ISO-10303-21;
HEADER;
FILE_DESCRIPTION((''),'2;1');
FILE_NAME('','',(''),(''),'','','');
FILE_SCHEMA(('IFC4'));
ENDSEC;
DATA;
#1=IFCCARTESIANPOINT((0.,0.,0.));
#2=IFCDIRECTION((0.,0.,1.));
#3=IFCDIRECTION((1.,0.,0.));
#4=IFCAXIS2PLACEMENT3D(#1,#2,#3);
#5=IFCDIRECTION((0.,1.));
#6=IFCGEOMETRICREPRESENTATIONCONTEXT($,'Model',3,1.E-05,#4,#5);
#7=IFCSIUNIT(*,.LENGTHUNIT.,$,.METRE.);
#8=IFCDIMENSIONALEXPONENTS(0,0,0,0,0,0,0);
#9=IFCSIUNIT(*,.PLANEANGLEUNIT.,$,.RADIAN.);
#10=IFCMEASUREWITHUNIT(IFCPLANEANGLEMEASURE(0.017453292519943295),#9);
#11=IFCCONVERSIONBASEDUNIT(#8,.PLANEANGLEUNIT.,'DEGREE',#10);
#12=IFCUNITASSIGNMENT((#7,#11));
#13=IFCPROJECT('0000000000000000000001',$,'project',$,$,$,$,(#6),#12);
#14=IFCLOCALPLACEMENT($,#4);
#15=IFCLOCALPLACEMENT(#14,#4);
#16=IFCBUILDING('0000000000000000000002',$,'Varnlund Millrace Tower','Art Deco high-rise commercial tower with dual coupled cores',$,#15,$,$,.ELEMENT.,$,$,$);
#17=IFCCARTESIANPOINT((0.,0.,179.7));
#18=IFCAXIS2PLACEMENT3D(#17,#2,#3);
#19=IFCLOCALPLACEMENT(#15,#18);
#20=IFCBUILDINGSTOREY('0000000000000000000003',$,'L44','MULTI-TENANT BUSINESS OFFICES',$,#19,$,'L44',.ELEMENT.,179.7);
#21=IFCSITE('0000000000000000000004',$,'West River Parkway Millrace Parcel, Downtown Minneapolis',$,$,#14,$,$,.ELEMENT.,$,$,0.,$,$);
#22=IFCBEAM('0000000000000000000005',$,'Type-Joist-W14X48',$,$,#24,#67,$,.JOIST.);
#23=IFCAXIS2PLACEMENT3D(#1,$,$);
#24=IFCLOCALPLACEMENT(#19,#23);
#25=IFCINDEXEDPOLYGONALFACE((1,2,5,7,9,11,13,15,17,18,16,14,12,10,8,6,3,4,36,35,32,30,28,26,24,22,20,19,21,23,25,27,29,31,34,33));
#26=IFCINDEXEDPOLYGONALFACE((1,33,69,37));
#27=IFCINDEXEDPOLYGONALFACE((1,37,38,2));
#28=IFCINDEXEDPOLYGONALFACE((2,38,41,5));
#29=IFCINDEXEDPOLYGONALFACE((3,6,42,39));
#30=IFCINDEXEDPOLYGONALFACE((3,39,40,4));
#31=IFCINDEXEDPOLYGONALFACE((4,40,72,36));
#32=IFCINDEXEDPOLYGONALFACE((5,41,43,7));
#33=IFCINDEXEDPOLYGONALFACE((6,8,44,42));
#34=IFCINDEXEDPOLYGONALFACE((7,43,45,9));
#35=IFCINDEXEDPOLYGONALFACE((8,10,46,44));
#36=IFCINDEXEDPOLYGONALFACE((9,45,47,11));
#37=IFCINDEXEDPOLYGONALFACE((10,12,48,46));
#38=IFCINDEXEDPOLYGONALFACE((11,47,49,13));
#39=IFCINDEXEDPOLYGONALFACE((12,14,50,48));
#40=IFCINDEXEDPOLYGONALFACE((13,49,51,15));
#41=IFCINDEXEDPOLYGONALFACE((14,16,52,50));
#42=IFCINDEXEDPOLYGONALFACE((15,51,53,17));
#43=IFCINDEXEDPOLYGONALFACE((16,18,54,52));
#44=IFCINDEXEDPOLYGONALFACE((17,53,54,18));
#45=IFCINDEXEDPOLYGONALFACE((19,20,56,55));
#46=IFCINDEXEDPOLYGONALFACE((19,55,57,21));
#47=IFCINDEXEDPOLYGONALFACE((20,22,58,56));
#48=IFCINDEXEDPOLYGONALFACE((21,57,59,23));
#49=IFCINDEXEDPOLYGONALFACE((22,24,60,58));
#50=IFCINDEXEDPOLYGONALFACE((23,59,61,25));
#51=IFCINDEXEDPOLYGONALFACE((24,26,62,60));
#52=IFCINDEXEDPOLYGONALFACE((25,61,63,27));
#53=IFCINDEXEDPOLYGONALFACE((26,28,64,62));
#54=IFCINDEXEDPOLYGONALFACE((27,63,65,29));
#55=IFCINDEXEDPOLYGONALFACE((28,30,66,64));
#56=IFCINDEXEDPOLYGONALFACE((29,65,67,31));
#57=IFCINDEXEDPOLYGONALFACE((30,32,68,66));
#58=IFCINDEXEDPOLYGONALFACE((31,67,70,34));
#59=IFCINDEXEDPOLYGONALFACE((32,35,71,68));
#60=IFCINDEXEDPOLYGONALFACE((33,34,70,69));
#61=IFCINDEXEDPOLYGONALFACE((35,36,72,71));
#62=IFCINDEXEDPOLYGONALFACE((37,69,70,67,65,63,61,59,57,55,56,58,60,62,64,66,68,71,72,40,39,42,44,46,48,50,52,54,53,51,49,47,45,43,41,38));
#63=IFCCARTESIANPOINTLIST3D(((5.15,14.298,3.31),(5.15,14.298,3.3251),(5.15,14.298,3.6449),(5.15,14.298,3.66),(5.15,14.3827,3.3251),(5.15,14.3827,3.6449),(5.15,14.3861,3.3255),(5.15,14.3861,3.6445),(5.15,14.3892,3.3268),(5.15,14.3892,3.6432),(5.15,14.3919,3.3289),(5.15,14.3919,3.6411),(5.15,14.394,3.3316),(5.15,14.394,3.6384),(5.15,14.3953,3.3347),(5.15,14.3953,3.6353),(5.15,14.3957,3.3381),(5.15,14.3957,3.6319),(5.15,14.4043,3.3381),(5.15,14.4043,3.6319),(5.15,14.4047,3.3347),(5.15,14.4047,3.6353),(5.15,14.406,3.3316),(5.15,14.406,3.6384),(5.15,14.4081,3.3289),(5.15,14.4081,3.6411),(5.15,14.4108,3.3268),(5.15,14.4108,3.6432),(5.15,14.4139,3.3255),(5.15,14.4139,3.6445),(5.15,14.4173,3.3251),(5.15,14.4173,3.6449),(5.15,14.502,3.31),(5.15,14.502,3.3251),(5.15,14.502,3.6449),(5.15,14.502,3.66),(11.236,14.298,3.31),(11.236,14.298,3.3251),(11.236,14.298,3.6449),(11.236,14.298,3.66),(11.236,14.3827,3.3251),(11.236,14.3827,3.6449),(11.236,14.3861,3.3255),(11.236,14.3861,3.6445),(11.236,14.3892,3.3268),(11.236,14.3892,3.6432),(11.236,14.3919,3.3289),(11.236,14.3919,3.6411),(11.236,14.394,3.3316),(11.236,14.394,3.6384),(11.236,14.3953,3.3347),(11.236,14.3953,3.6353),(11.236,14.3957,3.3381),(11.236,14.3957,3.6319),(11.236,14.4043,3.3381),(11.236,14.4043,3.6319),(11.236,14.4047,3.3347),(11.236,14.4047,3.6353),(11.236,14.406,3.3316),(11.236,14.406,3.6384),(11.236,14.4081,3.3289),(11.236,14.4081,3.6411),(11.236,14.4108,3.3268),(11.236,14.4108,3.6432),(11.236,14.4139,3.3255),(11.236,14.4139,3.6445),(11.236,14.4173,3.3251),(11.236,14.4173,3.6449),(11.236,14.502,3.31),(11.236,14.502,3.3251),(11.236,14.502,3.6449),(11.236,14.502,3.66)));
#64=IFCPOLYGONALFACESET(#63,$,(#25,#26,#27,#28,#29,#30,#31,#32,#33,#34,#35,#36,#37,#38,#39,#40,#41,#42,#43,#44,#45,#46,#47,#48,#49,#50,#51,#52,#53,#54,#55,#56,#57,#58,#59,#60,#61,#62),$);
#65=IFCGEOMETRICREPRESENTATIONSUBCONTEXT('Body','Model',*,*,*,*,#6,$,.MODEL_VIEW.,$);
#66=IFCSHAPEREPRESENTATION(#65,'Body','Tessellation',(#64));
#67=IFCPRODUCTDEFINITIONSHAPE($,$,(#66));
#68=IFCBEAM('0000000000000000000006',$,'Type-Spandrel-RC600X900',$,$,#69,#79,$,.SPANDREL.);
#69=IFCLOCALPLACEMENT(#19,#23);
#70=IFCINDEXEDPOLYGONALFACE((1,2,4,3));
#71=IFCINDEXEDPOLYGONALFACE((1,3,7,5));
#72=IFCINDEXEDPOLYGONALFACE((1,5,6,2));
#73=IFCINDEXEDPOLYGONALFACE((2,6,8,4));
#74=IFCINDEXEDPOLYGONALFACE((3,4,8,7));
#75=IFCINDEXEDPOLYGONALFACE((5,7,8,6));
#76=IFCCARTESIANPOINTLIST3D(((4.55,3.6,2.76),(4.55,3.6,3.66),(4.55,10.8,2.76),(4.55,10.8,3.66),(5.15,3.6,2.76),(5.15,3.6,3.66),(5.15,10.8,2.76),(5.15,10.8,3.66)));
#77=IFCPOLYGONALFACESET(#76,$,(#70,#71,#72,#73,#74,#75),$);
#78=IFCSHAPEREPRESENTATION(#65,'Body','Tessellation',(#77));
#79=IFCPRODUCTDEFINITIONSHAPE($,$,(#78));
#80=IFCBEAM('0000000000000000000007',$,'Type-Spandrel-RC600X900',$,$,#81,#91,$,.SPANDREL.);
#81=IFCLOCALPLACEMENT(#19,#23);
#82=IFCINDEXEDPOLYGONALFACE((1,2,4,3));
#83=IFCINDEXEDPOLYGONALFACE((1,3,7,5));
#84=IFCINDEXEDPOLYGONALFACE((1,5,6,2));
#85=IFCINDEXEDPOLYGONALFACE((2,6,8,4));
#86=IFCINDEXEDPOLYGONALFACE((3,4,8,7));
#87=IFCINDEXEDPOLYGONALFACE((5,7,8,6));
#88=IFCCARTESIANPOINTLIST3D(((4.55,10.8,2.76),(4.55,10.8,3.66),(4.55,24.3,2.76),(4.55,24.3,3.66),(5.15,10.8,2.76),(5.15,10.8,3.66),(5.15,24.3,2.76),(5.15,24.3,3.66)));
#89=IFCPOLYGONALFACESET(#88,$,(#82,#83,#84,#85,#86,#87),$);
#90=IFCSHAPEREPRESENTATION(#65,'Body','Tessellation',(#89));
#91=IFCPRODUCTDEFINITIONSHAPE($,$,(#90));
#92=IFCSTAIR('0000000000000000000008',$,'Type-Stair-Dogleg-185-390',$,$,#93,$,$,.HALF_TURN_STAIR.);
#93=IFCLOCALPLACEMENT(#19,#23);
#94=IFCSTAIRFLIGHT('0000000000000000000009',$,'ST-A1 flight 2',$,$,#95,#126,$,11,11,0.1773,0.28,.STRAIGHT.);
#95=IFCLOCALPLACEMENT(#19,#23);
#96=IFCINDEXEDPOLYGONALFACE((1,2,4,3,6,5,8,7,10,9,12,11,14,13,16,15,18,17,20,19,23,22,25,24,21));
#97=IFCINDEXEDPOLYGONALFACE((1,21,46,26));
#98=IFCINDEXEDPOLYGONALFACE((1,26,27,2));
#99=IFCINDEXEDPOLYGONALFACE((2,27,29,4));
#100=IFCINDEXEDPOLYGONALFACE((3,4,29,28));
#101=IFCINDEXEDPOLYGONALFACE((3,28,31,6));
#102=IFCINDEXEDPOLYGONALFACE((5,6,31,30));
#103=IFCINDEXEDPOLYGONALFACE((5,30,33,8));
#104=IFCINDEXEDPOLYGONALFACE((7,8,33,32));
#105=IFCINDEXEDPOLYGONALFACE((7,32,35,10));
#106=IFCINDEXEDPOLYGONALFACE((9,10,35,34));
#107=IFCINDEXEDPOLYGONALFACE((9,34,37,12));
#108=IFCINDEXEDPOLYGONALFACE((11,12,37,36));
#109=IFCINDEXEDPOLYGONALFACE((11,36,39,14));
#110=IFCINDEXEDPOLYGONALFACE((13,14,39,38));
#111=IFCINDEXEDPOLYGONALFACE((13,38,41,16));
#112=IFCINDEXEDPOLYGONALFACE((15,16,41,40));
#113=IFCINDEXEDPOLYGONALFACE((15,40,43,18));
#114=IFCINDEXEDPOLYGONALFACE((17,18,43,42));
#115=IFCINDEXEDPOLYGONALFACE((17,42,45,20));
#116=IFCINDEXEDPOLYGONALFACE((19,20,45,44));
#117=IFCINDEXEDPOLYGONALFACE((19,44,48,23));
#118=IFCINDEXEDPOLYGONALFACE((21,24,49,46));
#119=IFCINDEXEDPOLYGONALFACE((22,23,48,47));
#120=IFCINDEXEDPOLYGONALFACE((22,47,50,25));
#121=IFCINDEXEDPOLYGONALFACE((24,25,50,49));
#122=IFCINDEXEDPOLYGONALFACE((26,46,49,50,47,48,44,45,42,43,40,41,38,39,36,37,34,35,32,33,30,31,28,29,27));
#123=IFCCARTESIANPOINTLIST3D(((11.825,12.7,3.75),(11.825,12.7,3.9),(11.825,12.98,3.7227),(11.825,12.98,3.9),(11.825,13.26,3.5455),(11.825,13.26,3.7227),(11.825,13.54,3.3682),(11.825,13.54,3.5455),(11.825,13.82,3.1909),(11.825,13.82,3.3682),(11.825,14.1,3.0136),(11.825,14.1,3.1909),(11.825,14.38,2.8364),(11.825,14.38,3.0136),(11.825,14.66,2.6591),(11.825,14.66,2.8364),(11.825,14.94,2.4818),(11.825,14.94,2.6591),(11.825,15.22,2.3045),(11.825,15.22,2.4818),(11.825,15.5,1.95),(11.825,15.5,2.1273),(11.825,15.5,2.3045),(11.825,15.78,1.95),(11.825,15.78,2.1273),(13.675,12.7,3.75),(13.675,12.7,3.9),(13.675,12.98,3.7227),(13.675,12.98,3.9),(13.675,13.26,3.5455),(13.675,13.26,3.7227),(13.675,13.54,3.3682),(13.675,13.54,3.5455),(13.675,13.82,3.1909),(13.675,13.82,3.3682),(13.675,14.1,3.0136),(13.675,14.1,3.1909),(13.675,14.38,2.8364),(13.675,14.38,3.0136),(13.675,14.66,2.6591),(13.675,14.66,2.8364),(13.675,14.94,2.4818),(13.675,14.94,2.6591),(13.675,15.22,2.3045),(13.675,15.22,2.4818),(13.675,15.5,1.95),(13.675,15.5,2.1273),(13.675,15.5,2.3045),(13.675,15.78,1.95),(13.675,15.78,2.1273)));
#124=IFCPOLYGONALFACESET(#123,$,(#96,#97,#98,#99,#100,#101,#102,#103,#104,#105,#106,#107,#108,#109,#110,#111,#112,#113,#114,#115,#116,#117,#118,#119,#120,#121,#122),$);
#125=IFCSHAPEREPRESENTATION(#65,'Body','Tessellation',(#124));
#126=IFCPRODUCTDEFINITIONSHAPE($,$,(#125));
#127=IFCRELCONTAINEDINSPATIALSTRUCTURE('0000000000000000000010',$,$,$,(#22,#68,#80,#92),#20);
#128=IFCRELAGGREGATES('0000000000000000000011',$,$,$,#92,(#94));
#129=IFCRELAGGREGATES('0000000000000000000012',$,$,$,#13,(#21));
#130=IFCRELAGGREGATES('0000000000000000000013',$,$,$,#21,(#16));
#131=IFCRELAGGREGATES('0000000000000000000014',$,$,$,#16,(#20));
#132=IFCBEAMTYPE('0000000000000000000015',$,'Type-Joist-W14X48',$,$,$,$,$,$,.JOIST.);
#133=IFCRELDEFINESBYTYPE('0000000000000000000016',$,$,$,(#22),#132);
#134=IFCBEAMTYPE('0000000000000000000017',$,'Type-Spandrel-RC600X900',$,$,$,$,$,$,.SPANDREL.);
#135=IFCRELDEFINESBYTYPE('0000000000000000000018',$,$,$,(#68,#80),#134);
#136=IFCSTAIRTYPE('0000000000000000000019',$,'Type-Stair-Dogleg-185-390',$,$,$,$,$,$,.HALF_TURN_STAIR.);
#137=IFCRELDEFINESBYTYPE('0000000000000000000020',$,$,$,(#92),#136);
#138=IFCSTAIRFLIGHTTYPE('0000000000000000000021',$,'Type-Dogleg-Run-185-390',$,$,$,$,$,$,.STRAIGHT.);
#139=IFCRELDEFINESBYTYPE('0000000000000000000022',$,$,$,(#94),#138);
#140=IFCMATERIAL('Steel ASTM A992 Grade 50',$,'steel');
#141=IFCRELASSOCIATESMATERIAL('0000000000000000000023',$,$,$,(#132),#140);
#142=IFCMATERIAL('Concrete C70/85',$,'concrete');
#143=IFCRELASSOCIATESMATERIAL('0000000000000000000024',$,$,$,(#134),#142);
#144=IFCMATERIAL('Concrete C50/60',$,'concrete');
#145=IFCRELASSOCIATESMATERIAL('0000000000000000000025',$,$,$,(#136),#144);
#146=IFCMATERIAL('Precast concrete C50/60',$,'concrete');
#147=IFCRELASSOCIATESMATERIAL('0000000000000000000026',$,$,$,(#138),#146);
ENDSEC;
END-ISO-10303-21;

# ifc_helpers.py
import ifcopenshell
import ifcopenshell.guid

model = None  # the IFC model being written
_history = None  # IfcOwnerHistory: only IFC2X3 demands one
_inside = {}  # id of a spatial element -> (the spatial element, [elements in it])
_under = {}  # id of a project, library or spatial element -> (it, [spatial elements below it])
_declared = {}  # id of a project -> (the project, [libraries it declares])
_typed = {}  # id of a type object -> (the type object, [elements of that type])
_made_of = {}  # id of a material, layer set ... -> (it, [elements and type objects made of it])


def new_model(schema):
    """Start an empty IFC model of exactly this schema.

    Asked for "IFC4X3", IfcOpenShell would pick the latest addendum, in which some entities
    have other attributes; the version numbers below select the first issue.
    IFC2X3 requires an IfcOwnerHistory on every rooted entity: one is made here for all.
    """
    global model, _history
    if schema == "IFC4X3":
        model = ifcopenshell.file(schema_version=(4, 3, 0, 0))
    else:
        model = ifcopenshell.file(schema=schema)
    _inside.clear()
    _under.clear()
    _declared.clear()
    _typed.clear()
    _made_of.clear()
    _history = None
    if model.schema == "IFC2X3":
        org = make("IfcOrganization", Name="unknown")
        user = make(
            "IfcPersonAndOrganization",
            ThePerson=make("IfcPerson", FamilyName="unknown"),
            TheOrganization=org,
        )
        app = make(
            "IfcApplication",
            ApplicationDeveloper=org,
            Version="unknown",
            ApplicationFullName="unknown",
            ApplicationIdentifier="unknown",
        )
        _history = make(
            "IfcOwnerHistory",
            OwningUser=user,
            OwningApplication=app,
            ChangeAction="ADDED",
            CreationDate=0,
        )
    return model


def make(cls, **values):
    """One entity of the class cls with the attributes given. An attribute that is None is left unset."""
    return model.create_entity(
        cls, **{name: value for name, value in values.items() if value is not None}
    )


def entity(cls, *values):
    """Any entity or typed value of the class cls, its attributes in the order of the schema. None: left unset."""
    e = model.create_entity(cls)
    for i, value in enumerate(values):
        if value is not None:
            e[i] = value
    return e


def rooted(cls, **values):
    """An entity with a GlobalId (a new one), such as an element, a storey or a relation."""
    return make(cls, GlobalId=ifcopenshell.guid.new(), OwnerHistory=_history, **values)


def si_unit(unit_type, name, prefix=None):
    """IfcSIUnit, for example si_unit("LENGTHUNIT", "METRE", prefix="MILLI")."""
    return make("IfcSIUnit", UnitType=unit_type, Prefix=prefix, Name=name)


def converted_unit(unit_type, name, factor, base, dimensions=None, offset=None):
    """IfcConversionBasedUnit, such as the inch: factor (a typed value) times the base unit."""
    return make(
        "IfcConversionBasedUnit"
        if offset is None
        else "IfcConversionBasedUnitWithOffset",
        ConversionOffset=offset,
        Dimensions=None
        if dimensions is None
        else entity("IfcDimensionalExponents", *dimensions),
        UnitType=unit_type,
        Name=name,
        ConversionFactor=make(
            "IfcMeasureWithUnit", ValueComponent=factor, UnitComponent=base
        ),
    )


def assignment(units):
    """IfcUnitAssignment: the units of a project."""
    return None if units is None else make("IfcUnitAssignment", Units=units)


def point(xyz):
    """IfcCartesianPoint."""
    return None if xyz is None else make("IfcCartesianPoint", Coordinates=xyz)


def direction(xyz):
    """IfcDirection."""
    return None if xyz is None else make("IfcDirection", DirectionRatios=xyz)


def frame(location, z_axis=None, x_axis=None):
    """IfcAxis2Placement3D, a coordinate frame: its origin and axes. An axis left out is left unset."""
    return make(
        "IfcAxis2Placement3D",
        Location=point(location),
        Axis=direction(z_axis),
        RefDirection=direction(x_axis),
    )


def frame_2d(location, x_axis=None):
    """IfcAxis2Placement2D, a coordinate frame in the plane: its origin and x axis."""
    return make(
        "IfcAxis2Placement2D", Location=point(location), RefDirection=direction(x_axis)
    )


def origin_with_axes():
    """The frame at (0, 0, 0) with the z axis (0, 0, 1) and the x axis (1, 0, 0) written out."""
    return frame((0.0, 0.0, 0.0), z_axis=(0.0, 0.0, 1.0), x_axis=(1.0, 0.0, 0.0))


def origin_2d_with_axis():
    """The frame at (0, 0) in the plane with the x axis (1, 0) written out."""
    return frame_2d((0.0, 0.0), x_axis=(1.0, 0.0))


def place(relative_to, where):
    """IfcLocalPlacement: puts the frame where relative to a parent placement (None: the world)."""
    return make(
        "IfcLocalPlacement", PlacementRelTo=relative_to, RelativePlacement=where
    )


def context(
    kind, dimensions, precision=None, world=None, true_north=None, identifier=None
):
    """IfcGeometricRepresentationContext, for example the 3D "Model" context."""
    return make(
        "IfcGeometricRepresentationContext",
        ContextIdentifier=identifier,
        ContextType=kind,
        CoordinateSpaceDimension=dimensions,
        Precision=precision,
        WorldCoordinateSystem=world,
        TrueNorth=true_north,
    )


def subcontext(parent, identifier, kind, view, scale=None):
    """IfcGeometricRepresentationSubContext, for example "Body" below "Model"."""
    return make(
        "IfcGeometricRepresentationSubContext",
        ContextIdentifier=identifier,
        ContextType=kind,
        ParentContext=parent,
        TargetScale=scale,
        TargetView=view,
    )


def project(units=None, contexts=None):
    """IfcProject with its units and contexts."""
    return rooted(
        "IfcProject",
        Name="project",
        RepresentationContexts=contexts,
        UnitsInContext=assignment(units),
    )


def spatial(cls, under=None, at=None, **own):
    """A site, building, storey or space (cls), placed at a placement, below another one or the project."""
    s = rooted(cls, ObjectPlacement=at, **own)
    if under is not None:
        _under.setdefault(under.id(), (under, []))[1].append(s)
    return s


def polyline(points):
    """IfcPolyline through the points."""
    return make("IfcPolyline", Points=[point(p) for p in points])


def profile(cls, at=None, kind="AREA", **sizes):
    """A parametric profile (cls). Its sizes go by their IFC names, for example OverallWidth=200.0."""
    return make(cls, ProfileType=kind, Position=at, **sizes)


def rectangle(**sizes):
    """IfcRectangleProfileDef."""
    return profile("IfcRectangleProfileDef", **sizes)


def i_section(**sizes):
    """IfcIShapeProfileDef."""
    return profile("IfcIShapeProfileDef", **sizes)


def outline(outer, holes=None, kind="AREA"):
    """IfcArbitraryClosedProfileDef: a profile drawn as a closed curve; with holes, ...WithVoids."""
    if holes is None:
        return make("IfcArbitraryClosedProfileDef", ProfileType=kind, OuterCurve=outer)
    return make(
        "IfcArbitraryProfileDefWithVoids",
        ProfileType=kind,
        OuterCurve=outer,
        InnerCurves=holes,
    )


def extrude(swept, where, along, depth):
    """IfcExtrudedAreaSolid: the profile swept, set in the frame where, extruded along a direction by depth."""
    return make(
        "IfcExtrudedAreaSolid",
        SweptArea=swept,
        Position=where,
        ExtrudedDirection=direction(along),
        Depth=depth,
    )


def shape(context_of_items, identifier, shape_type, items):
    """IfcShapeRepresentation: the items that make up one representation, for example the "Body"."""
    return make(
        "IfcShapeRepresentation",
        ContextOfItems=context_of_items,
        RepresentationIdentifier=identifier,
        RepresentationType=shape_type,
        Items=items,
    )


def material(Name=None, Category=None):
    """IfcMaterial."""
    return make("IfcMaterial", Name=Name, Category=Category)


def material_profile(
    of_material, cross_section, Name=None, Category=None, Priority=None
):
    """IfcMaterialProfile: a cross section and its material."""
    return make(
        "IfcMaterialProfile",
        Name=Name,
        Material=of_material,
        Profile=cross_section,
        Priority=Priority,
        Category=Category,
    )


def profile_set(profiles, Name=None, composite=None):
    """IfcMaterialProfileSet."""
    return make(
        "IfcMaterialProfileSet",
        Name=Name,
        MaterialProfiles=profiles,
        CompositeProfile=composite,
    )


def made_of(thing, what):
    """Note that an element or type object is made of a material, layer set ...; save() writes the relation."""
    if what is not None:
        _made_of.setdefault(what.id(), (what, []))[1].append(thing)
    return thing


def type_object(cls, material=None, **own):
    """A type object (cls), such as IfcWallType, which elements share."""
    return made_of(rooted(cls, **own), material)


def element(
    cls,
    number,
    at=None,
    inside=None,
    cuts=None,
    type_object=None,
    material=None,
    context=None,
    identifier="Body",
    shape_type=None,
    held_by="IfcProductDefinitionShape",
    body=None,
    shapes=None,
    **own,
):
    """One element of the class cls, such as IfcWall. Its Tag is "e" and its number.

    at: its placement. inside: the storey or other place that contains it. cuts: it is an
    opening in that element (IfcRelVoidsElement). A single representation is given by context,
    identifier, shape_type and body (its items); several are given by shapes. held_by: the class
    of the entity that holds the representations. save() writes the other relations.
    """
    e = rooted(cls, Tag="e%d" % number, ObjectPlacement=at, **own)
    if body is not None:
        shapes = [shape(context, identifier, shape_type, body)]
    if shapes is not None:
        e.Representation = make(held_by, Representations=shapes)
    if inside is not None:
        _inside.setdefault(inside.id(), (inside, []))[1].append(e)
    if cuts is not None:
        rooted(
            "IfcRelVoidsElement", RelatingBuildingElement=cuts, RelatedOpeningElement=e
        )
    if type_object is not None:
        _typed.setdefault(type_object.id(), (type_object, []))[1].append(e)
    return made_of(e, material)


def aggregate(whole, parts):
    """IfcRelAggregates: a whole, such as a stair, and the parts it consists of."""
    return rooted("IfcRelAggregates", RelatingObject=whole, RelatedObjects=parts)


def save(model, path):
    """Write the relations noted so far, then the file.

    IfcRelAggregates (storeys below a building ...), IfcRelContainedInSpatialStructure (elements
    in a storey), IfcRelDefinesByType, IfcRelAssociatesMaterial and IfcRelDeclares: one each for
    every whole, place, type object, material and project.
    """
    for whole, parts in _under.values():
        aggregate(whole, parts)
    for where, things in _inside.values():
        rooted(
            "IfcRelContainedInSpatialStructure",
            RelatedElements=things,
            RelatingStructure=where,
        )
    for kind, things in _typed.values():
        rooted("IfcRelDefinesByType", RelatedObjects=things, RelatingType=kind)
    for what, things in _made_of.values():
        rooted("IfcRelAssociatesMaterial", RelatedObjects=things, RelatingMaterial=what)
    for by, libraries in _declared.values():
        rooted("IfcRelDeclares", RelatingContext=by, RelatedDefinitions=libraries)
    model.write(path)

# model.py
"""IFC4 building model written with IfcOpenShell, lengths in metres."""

from ifc_helpers import new_model, entity, si_unit, converted_unit, direction, frame, origin_with_axes, origin_2d_with_axis, place, context, subcontext, project, spatial, polyline, rectangle, i_section, outline, extrude, material, material_profile, profile_set, type_object, element, aggregate, save


model = new_model("IFC4")

# Units and contexts
model_context = context("Model", 3, precision=1e-05, world=origin_with_axes(), true_north=direction((0.0, 1.0)))
body_context = subcontext(model_context, "Body", "Model", "MODEL_VIEW")
ifc_project = project(units=[si_unit("LENGTHUNIT", "METRE"), converted_unit("PLANEANGLEUNIT", "DEGREE", entity("IfcPlaneAngleMeasure", 0.017453292519943295), si_unit("PLANEANGLEUNIT", "RADIAN"), dimensions=[0, 0, 0, 0, 0, 0, 0])], contexts=[model_context])

# Site, building, storey
site_placement = place(None, origin_with_axes())
site = spatial("IfcSite", under=ifc_project, at=site_placement, Name="West River Parkway Millrace Parcel, Downtown Minneapolis", CompositionType="ELEMENT", RefElevation=0.0)
building_placement = place(site_placement, origin_with_axes())
building = spatial("IfcBuilding", under=site, at=building_placement, Name="Varnlund Millrace Tower", Description="Art Deco high-rise commercial tower with dual coupled cores", CompositionType="ELEMENT")
storey_placement = place(building_placement, frame((0.0, 0.0, 179.7), z_axis=(0.0, 0.0, 1.0), x_axis=(1.0, 0.0, 0.0)))
storey = spatial("IfcBuildingStorey", under=building, at=storey_placement, Name="L44", Description="MULTI-TENANT BUSINESS OFFICES", LongName="L44", CompositionType="ELEMENT", Elevation=179.7)

# Beams
ifc_material_1 = material(Name="Steel ASTM A992 Grade 50", Category="steel")
ifc_material_profile_1 = material_profile(ifc_material_1, i_section(OverallWidth=0.204, OverallDepth=0.35, WebThickness=0.0086, FlangeThickness=0.0151, FilletRadius=0.013, at=origin_2d_with_axis()), Name="Steel ASTM A992 Grade 50")
ifc_profile_set_1 = profile_set([ifc_material_profile_1], Name="Steel ASTM A992 Grade 50")
beam_type_1 = type_object("IfcBeamType", Name="Type-Joist-W14X48", PredefinedType="JOIST", material=ifc_profile_set_1)
for number, where, z_axis, x_axis, name in (
    (1, (5.15, 14.4, 3.485), (1.0, 0.0, 0.0), (0.0, 1.0, 0.0), "Type-Joist-W14X48"),
):
    element("IfcBeam", number, at=place(storey_placement, frame(where, z_axis=z_axis, x_axis=x_axis)), inside=storey, type_object=beam_type_1, Name=name, PredefinedType="JOIST", context=body_context, shape_type="SweptSolid", body=[
        extrude(i_section(OverallWidth=0.204, OverallDepth=0.35, WebThickness=0.0086, FlangeThickness=0.0151, FilletRadius=0.013, at=origin_2d_with_axis()), origin_with_axes(), (0.0, 0.0, 1.0), 6.086),
    ])
ifc_material_2 = material(Name="Concrete C70/85", Category="concrete")
ifc_material_profile_2 = material_profile(ifc_material_2, rectangle(XDim=0.6, YDim=0.9, at=origin_2d_with_axis()), Name="Concrete C70/85")
ifc_profile_set_2 = profile_set([ifc_material_profile_2], Name="Concrete C70/85")
beam_type_2 = type_object("IfcBeamType", Name="Type-Spandrel-RC600X900", PredefinedType="SPANDREL", material=ifc_profile_set_2)
beam_1_placement = place(storey_placement, frame((4.85, 3.6, 3.21), z_axis=(0.0, 1.0, 0.0), x_axis=(-1.0, 0.0, 0.0)))
element("IfcBeam", 2, at=beam_1_placement, inside=storey, type_object=beam_type_2, Name="Type-Spandrel-RC600X900", PredefinedType="SPANDREL", context=body_context, shape_type="SweptSolid", body=[
    extrude(rectangle(XDim=0.6, YDim=0.9, at=origin_2d_with_axis()), origin_with_axes(), (0.0, 0.0, 1.0), 7.2),
])
beam_2_placement = place(storey_placement, frame((4.85, 10.8, 3.21), z_axis=(0.0, 1.0, 0.0), x_axis=(-1.0, 0.0, 0.0)))
element("IfcBeam", 3, at=beam_2_placement, inside=storey, type_object=beam_type_2, Name="Type-Spandrel-RC600X900", PredefinedType="SPANDREL", context=body_context, shape_type="SweptSolid", body=[
    extrude(rectangle(XDim=0.6, YDim=0.9, at=origin_2d_with_axis()), origin_with_axes(), (0.0, 0.0, 1.0), 13.5),
])

# Stair, stair flight
ifc_material_3 = material(Name="Concrete C50/60", Category="concrete")
stair_type = type_object("IfcStairType", Name="Type-Stair-Dogleg-185-390", PredefinedType="HALF_TURN_STAIR", material=ifc_material_3)
stair_placement = place(storey_placement, origin_with_axes())
stair = element("IfcStair", 4, at=stair_placement, inside=storey, type_object=stair_type, Name="Type-Stair-Dogleg-185-390", PredefinedType="HALF_TURN_STAIR")
ifc_material_4 = material(Name="Precast concrete C50/60", Category="concrete")
stair_flight_type = type_object("IfcStairFlightType", Name="Type-Dogleg-Run-185-390", PredefinedType="STRAIGHT", material=ifc_material_4)
stair_flight_placement = place(storey_placement, frame((13.675, 15.78, 1.95), z_axis=(-1.0, 0.0, 0.0), x_axis=(0.0, -1.0, 0.0)))
stair_flight = element("IfcStairFlight", 5, at=stair_flight_placement, type_object=stair_flight_type, Name="ST-A1 flight 2", NumberOfRisers=11, NumberOfTreads=11, PredefinedType="STRAIGHT", RiserHeight=0.1773, TreadLength=0.28, context=body_context, shape_type="SweptSolid", body=[
    extrude(outline(polyline([(0.0, 0.0), (0.0, 0.1773), (0.28, 0.1773), (0.28, 0.3545), (0.56, 0.3545), (0.56, 0.5318), (0.84, 0.5318), (0.84, 0.7091), (1.12, 0.7091), (1.12, 0.8864), (1.4, 0.8864), (1.4, 1.0636), (1.68, 1.0636), (1.68, 1.2409), (1.96, 1.2409), (1.96, 1.4182), (2.24, 1.4182), (2.24, 1.5955), (2.52, 1.5955), (2.52, 1.7727), (2.8, 1.7727), (2.8, 1.95), (3.08, 1.95), (3.08, 1.8), (0.28, 0.0), (0.0, 0.0)])), origin_with_axes(), (0.0, 0.0, 1.0), 1.85),
])
aggregate(stair, [stair_flight])

save(model, "model.ifc")
